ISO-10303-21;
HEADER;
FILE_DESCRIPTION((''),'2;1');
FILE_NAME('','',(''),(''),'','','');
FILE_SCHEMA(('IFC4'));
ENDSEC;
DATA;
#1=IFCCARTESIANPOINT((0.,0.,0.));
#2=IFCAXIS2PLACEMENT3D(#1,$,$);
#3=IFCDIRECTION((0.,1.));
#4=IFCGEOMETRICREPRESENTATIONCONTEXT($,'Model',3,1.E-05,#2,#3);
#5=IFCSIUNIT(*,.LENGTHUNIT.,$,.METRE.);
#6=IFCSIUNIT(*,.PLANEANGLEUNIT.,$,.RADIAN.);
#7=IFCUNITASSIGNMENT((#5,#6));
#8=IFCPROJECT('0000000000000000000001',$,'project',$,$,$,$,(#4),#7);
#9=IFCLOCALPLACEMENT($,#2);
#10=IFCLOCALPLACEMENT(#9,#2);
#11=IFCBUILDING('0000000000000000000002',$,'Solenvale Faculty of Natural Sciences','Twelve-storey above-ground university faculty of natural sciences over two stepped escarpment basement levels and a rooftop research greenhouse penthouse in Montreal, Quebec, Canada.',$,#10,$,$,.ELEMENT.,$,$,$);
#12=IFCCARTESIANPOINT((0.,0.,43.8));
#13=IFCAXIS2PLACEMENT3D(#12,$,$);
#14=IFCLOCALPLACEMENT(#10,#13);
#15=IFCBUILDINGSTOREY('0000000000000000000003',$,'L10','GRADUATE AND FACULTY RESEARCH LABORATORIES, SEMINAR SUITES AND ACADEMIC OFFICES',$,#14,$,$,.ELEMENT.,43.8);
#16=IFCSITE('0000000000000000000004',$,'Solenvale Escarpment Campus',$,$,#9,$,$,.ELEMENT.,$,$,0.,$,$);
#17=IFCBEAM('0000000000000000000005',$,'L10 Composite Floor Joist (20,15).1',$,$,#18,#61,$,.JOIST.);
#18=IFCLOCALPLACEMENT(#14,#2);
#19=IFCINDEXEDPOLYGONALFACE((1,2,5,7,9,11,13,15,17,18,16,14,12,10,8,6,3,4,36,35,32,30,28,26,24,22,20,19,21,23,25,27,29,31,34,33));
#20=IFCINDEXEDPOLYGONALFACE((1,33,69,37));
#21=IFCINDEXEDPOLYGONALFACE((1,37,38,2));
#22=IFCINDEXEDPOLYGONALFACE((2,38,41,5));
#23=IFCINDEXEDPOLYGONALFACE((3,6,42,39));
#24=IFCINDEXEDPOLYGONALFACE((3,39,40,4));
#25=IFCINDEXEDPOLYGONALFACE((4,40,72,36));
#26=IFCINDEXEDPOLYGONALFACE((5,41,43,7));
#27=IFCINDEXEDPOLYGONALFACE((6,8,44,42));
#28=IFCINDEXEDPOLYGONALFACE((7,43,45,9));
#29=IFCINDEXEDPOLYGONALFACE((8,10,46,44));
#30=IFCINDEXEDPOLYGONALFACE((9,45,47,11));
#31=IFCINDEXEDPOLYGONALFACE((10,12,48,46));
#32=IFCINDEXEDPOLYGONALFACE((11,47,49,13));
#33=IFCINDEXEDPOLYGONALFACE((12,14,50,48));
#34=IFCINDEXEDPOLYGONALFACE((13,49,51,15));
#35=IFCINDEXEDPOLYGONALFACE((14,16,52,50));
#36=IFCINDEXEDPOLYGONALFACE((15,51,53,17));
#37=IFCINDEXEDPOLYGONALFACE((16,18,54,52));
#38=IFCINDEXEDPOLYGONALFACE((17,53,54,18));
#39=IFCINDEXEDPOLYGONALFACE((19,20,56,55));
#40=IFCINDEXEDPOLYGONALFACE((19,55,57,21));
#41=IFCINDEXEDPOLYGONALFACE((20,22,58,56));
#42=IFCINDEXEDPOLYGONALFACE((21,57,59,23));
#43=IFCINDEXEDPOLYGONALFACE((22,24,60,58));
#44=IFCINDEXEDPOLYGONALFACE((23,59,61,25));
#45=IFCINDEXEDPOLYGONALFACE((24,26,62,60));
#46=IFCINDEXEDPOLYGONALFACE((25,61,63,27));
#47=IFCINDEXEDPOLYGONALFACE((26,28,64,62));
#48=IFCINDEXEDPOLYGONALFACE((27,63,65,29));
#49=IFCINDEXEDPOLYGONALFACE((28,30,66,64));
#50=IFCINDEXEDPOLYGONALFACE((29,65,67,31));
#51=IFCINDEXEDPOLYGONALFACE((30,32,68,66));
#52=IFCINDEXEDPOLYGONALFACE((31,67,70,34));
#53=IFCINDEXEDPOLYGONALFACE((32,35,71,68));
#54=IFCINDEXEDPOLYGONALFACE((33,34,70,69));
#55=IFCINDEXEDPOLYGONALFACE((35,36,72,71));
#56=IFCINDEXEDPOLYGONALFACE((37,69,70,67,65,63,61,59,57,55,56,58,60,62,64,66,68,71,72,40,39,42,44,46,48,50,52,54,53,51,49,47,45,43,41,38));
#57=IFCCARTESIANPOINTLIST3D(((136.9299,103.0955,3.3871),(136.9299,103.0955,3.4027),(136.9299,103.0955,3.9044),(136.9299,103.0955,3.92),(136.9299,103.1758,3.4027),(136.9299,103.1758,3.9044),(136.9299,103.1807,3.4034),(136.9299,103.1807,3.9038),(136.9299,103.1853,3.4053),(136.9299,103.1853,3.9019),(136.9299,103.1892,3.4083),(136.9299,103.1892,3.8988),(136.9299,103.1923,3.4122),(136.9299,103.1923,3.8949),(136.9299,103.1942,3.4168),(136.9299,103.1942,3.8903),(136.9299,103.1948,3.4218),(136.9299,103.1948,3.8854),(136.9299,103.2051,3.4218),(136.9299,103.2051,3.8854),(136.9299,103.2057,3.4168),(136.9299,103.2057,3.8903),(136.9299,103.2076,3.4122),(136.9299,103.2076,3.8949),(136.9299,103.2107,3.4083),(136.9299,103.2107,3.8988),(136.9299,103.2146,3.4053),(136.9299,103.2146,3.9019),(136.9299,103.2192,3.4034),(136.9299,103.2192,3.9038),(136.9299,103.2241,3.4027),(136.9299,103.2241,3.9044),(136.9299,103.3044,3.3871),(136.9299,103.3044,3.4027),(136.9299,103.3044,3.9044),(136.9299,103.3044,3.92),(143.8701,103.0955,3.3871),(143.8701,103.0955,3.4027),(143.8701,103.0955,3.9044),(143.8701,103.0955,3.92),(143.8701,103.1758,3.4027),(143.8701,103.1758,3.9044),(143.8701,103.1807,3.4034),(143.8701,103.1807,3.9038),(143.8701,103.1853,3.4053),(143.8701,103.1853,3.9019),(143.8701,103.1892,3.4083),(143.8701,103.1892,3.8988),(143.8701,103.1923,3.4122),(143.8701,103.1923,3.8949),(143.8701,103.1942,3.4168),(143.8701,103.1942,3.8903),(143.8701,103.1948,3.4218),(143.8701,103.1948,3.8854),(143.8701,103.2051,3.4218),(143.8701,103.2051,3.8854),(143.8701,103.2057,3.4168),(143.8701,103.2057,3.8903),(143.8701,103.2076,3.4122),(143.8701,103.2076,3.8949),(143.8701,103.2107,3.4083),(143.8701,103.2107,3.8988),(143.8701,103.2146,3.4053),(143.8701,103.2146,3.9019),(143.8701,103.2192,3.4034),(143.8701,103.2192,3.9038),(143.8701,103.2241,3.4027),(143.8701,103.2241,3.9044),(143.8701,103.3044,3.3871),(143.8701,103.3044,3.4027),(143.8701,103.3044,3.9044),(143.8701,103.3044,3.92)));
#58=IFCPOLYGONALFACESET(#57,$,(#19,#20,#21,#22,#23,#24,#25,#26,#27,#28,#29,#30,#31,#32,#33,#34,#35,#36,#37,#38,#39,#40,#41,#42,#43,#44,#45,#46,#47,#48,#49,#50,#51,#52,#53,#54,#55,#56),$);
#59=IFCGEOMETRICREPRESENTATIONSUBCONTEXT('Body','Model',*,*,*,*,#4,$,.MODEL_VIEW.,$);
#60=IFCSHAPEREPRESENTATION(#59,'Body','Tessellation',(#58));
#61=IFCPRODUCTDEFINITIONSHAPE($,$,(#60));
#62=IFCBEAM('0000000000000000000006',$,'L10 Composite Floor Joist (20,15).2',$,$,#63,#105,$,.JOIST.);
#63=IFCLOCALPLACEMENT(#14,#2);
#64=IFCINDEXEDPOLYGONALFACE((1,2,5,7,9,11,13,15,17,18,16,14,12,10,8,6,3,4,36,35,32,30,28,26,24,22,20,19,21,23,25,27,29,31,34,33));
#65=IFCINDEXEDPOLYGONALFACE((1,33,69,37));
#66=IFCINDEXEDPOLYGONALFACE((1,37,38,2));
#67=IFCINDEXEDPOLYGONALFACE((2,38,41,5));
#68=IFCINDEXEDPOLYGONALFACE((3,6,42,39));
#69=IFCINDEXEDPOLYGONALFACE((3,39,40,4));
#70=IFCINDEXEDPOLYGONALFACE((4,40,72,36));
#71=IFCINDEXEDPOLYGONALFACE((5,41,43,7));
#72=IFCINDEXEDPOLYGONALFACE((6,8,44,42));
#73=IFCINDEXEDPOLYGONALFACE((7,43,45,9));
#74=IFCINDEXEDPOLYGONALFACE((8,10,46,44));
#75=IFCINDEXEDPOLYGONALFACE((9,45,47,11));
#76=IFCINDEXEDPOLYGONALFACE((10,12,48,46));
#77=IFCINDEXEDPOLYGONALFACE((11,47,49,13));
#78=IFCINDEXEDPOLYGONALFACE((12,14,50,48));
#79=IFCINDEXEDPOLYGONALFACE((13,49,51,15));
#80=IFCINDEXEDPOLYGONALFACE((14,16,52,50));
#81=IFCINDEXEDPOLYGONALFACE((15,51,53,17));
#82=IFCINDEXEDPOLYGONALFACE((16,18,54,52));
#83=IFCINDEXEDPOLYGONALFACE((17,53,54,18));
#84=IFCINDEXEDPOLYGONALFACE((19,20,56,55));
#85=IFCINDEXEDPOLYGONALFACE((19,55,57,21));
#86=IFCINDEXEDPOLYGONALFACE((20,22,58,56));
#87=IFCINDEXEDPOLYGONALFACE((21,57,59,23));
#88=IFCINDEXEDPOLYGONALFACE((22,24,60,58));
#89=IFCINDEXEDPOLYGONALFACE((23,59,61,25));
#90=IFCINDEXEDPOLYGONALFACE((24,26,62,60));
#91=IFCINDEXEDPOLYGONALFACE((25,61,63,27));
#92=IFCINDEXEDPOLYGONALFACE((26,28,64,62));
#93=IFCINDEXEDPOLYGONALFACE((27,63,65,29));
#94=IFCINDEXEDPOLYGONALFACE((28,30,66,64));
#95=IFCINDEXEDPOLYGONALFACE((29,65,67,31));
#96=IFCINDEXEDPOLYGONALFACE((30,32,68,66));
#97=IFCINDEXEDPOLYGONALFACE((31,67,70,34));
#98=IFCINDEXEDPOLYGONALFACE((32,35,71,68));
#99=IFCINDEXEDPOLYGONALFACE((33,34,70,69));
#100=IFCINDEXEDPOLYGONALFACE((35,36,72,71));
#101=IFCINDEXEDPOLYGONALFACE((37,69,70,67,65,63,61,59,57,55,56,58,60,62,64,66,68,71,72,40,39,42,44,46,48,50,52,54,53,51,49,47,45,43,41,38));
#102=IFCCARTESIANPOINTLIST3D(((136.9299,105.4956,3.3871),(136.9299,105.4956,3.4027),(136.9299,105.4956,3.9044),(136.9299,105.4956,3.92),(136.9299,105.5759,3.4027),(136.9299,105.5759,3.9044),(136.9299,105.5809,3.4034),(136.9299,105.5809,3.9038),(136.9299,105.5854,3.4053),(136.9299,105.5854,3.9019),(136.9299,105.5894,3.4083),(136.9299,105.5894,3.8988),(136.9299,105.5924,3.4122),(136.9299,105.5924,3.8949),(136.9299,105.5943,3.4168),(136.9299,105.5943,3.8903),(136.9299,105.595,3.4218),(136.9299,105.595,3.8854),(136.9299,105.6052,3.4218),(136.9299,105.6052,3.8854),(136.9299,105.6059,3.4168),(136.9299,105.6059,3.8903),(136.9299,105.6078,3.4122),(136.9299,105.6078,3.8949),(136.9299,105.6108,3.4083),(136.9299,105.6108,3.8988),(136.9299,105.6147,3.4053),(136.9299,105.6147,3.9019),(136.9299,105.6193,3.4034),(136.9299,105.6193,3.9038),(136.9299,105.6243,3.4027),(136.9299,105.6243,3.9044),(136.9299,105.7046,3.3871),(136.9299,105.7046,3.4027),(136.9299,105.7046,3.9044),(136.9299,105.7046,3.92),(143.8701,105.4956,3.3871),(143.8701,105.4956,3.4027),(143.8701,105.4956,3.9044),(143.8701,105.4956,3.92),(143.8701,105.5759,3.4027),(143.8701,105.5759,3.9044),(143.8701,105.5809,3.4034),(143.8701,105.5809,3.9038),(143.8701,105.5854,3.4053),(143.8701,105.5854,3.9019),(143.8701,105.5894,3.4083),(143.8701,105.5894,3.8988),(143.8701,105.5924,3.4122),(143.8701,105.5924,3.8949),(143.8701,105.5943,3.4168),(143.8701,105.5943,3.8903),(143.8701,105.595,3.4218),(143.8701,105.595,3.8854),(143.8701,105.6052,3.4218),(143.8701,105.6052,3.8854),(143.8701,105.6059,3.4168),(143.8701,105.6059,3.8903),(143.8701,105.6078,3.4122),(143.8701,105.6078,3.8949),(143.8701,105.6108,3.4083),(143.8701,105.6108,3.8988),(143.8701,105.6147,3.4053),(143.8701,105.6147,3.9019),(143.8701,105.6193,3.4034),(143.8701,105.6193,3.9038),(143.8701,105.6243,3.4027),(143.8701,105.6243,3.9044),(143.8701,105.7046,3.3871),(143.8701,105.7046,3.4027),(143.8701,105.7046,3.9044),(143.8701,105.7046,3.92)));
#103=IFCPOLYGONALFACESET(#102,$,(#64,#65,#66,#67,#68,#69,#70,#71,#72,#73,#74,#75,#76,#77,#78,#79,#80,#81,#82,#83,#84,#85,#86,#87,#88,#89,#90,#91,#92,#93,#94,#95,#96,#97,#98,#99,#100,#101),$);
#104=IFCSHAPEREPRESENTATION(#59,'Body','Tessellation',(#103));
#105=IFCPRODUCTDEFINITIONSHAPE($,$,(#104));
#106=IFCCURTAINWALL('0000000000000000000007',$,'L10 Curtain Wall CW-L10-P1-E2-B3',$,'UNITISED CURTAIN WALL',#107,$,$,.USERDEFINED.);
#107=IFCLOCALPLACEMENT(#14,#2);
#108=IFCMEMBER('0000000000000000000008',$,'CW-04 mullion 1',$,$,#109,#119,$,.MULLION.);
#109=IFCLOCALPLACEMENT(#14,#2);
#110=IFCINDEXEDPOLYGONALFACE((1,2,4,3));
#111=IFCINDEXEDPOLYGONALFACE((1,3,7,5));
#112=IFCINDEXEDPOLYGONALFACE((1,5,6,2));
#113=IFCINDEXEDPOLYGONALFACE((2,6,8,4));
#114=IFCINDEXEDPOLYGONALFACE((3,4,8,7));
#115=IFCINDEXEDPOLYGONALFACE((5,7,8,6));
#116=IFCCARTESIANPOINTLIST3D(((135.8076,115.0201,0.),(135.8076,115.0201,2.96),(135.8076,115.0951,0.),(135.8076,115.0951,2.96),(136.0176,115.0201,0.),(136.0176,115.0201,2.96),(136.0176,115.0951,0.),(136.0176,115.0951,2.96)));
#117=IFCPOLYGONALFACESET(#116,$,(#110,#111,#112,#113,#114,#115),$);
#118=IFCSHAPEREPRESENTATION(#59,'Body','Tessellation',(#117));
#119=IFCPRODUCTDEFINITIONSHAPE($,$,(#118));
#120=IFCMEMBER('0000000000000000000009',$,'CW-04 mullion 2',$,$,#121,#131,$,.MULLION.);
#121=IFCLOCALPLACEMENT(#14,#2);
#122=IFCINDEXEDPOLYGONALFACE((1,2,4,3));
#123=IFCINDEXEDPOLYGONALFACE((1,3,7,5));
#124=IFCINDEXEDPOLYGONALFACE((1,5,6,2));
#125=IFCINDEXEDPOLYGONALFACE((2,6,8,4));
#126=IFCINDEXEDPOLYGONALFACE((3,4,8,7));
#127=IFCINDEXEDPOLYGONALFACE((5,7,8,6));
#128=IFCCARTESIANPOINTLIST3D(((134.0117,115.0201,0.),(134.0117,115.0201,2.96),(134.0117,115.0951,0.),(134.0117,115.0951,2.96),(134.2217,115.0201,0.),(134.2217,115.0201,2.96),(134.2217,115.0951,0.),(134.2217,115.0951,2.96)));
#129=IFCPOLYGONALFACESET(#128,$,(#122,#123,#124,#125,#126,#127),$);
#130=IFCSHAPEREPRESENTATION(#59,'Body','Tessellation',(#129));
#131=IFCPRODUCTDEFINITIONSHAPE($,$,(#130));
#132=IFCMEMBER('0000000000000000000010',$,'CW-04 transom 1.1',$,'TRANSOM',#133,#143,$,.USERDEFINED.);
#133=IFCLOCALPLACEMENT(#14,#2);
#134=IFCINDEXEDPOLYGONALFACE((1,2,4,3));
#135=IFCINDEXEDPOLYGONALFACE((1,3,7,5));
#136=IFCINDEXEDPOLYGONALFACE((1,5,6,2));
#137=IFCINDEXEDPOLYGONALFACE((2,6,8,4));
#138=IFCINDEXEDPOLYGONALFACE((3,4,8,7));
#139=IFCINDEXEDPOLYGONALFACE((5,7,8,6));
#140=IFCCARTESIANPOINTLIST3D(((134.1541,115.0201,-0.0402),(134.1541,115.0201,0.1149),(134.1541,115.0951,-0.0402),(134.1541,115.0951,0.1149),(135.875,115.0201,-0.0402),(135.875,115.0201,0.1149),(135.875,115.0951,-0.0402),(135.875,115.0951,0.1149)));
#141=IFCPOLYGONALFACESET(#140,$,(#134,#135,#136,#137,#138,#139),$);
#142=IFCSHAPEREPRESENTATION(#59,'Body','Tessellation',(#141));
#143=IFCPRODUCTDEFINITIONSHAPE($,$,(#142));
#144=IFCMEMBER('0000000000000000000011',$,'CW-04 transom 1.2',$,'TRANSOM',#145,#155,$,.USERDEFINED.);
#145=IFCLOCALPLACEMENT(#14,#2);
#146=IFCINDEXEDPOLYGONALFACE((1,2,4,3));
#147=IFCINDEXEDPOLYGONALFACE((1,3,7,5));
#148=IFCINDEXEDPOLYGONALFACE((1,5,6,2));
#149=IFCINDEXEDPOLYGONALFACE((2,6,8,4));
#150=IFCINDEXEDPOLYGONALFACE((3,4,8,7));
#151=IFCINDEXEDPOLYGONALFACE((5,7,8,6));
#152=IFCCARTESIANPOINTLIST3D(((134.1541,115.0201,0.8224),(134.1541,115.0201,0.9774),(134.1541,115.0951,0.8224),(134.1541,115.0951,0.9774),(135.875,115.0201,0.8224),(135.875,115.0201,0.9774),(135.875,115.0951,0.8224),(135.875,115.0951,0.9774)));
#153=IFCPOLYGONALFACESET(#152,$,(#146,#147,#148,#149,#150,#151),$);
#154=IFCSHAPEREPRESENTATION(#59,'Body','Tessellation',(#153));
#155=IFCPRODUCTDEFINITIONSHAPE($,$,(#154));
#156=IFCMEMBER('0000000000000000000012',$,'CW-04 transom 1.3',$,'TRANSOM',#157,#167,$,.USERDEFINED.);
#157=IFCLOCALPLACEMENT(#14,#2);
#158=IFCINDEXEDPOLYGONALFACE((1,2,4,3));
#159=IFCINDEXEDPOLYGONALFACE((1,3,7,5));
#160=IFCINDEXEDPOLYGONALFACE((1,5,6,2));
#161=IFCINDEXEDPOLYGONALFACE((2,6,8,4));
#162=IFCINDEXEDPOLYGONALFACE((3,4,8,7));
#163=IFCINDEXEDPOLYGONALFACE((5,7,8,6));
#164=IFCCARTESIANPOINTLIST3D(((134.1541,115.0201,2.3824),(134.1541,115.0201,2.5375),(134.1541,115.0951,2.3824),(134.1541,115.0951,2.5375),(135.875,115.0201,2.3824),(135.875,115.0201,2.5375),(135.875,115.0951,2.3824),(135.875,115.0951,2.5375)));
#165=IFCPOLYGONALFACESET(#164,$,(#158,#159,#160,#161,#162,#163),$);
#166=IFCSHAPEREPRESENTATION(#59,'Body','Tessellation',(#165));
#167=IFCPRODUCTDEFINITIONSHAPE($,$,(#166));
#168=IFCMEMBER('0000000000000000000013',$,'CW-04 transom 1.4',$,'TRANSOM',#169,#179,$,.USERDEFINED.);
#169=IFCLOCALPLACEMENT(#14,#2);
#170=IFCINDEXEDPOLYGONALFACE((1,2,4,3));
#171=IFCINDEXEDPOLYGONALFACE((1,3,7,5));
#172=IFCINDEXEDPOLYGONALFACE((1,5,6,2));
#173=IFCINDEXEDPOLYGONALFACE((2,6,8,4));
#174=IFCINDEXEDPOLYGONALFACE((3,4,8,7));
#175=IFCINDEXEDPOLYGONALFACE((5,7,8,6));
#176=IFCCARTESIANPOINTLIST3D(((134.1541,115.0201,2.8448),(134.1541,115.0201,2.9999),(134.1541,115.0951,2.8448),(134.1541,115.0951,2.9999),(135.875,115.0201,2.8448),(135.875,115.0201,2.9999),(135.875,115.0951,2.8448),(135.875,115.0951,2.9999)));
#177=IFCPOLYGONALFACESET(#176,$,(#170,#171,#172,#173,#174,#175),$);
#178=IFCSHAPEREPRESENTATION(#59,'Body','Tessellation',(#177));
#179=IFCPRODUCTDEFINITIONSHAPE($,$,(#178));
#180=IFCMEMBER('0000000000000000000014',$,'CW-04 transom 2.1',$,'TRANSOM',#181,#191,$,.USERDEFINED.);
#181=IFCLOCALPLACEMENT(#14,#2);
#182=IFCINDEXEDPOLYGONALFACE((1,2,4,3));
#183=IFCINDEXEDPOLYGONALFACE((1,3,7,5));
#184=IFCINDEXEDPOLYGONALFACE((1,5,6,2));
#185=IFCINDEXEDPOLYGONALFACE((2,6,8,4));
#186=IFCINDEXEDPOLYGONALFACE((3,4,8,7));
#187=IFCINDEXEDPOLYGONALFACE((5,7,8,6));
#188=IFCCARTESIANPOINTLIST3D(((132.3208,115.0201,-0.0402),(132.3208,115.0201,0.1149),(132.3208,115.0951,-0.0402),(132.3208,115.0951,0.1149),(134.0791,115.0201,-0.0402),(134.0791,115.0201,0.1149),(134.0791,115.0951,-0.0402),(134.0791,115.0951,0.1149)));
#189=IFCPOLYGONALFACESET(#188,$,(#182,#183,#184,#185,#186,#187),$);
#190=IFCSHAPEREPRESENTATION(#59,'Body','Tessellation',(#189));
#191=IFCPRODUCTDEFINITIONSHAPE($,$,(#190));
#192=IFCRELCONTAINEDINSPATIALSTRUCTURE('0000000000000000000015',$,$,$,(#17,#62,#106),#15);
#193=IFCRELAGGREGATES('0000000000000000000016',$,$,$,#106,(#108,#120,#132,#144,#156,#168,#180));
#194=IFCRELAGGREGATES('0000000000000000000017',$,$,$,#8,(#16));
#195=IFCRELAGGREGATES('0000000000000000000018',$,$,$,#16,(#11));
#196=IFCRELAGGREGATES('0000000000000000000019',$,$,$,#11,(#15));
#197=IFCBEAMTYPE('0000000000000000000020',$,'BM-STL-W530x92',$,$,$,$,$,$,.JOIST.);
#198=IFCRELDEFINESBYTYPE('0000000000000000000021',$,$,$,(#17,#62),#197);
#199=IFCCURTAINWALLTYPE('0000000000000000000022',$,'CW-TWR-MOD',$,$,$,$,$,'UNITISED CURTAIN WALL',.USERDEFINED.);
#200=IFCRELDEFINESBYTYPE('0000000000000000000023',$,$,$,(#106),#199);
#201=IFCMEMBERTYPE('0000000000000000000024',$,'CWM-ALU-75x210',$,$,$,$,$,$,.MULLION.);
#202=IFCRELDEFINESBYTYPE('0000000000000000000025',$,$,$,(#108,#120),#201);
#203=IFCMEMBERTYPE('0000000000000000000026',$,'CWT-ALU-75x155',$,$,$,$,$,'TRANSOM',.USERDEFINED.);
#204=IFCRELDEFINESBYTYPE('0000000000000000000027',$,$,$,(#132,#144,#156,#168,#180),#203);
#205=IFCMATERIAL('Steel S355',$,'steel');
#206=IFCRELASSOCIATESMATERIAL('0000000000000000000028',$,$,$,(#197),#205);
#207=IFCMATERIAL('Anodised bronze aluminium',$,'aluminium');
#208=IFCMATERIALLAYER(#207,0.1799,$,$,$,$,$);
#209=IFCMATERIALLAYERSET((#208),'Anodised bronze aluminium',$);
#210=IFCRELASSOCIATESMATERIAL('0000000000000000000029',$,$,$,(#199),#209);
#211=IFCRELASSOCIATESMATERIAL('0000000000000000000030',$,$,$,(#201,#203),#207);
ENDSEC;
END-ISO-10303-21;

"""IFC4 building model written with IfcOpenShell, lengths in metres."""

from ifc_helpers import new_model, si_unit, direction, frame, origin, origin_2d, place, context, subcontext, project, spatial, rectangle, i_section, extrude, material, layer, layer_set, material_profile, profile_set, type_object, element, aggregate, save


model = new_model("IFC4")

# Units and contexts
model_context = context("Model", 3, precision=1e-05, world=origin(), true_north=direction((0.0, 1.0)))
body_context = subcontext(model_context, "Body", "Model", "MODEL_VIEW")
ifc_project = project(units=[si_unit("LENGTHUNIT", "METRE"), si_unit("PLANEANGLEUNIT", "RADIAN")], contexts=[model_context])

# Site, building, storey
site_placement = place(None, origin())
site = spatial("IfcSite", under=ifc_project, at=site_placement, Name="Solenvale Escarpment Campus", CompositionType="ELEMENT", RefElevation=0.0)
building_placement = place(site_placement, origin())
building = spatial("IfcBuilding", under=site, at=building_placement, Name="Solenvale Faculty of Natural Sciences", Description="Twelve-storey above-ground university faculty of natural sciences over two stepped escarpment basement levels and a rooftop research greenhouse penthouse in Montreal, Quebec, Canada.", CompositionType="ELEMENT")
storey_placement = place(building_placement, frame((0.0, 0.0, 43.8)))
storey = spatial("IfcBuildingStorey", under=building, at=storey_placement, Name="L10", Description="GRADUATE AND FACULTY RESEARCH LABORATORIES, SEMINAR SUITES AND ACADEMIC OFFICES", CompositionType="ELEMENT", Elevation=43.8)

# Beams
ifc_material_1 = material(Name="Steel S355", Category="steel")
ifc_material_profile_1 = material_profile(ifc_material_1, i_section(OverallWidth=0.209, OverallDepth=0.533, WebThickness=0.0103, FlangeThickness=0.0156, FilletRadius=0.019, at=origin_2d()), Name="W530x92")
ifc_profile_set_1 = profile_set([ifc_material_profile_1], Name="Steel S355")
beam_type_1 = type_object("IfcBeamType", Name="BM-STL-W530x92", PredefinedType="JOIST", material=ifc_profile_set_1)
for number, where, z_axis, x_axis, name in (
    (1, (136.9299, 103.2, 3.6536), (1.0, 0.0, 0.0), (0.0, 1.0, 0.0), "L10 Composite Floor Joist (20,15).1"),
    (2, (136.9299, 105.6001, 3.6536), (1.0, 0.0, 0.0), (0.0, 1.0, 0.0), "L10 Composite Floor Joist (20,15).2"),
):
    element("IfcBeam", number, at=place(storey_placement, frame(where, z_axis=z_axis, x_axis=x_axis)), inside=storey, type_object=beam_type_1, Name=name, PredefinedType="JOIST", context=body_context, shape_type="SweptSolid", body=[
        extrude(i_section(OverallWidth=0.209, OverallDepth=0.533, WebThickness=0.0103, FlangeThickness=0.0156, FilletRadius=0.019, at=origin_2d()), origin(), (0.0, 0.0, 1.0), 6.9402),
    ])

# Curtain wall, members
ifc_material_2 = material(Name="Anodised bronze aluminium", Category="aluminium")
ifc_layer_1 = layer(ifc_material_2, 0.1799)
ifc_layer_set_1 = layer_set([ifc_layer_1], Name="Anodised bronze aluminium")
curtain_wall_type = type_object("IfcCurtainWallType", Name="CW-TWR-MOD", ElementType="UNITISED CURTAIN WALL", PredefinedType="USERDEFINED", material=ifc_layer_set_1)
curtain_wall_placement = place(storey_placement, origin())
curtain_wall = element("IfcCurtainWall", 3, at=curtain_wall_placement, inside=storey, type_object=curtain_wall_type, Name="L10 Curtain Wall CW-L10-P1-E2-B3", ObjectType="UNITISED CURTAIN WALL", PredefinedType="USERDEFINED")
ifc_material_profile_2 = material_profile(ifc_material_2, rectangle(XDim=0.075, YDim=0.21, at=origin_2d()), Name="ALU-MUL-75x210")
ifc_profile_set_2 = profile_set([ifc_material_profile_2], Name="Anodised bronze aluminium")
member_type_1 = type_object("IfcMemberType", Name="CWM-ALU-75x210", PredefinedType="MULLION", material=ifc_profile_set_2)
member_1_placement = place(storey_placement, frame((135.9126, 115.0576, 0.0), z_axis=(0.0, 0.0, 1.0), x_axis=(0.0, -1.0, 0.0)))
member_1 = element("IfcMember", 4, at=member_1_placement, type_object=member_type_1, Name="CW-04 mullion 1", PredefinedType="MULLION", context=body_context, shape_type="SweptSolid", body=[
    extrude(rectangle(XDim=0.075, YDim=0.21, at=origin_2d()), origin(), (0.0, 0.0, 1.0), 2.96),
])
member_2_placement = place(storey_placement, frame((134.1167, 115.0576, 0.0), z_axis=(0.0, 0.0, 1.0), x_axis=(0.0, -1.0, 0.0)))
member_2 = element("IfcMember", 5, at=member_2_placement, type_object=member_type_1, Name="CW-04 mullion 2", PredefinedType="MULLION", context=body_context, shape_type="SweptSolid", body=[
    extrude(rectangle(XDim=0.075, YDim=0.21, at=origin_2d()), origin(), (0.0, 0.0, 1.0), 2.96),
])
ifc_material_profile_3 = material_profile(ifc_material_2, rectangle(XDim=0.075, YDim=0.155, at=origin_2d()), Name="ALU-TRN-75x155")
ifc_profile_set_3 = profile_set([ifc_material_profile_3], Name="Anodised bronze aluminium")
member_type_2 = type_object("IfcMemberType", Name="CWT-ALU-75x155", ElementType="TRANSOM", PredefinedType="USERDEFINED", material=ifc_profile_set_3)
member_3_placement = place(storey_placement, frame((135.875, 115.0576, 0.0374), z_axis=(-1.0, 0.0, 0.0), x_axis=(0.0, -1.0, 0.0)))
member_3 = element("IfcMember", 6, at=member_3_placement, type_object=member_type_2, Name="CW-04 transom 1.1", ObjectType="TRANSOM", PredefinedType="USERDEFINED", context=body_context, shape_type="SweptSolid", body=[
    extrude(rectangle(XDim=0.075, YDim=0.155, at=origin_2d()), origin(), (0.0, 0.0, 1.0), 1.7209),
])
member_4_placement = place(storey_placement, frame((135.875, 115.0576, 0.8999), z_axis=(-1.0, 0.0, 0.0), x_axis=(0.0, -1.0, 0.0)))
member_4 = element("IfcMember", 7, at=member_4_placement, type_object=member_type_2, Name="CW-04 transom 1.2", ObjectType="TRANSOM", PredefinedType="USERDEFINED", context=body_context, shape_type="SweptSolid", body=[
    extrude(rectangle(XDim=0.075, YDim=0.155, at=origin_2d()), origin(), (0.0, 0.0, 1.0), 1.7209),
])
member_5_placement = place(storey_placement, frame((135.875, 115.0576, 2.46), z_axis=(-1.0, 0.0, 0.0), x_axis=(0.0, -1.0, 0.0)))
member_5 = element("IfcMember", 8, at=member_5_placement, type_object=member_type_2, Name="CW-04 transom 1.3", ObjectType="TRANSOM", PredefinedType="USERDEFINED", context=body_context, shape_type="SweptSolid", body=[
    extrude(rectangle(XDim=0.075, YDim=0.155, at=origin_2d()), origin(), (0.0, 0.0, 1.0), 1.7209),
])
member_6_placement = place(storey_placement, frame((135.875, 115.0576, 2.9224), z_axis=(-1.0, 0.0, 0.0), x_axis=(0.0, -1.0, 0.0)))
member_6 = element("IfcMember", 9, at=member_6_placement, type_object=member_type_2, Name="CW-04 transom 1.4", ObjectType="TRANSOM", PredefinedType="USERDEFINED", context=body_context, shape_type="SweptSolid", body=[
    extrude(rectangle(XDim=0.075, YDim=0.155, at=origin_2d()), origin(), (0.0, 0.0, 1.0), 1.7209),
])
member_7_placement = place(storey_placement, frame((134.0791, 115.0576, 0.0374), z_axis=(-1.0, 0.0, 0.0), x_axis=(0.0, -1.0, 0.0)))
member_7 = element("IfcMember", 10, at=member_7_placement, type_object=member_type_2, Name="CW-04 transom 2.1", ObjectType="TRANSOM", PredefinedType="USERDEFINED", context=body_context, shape_type="SweptSolid", body=[
    extrude(rectangle(XDim=0.075, YDim=0.155, at=origin_2d()), origin(), (0.0, 0.0, 1.0), 1.7583),
])
aggregate(curtain_wall, [member_1, member_2, member_3, member_4, member_5, member_6, member_7])

save(model, "model.ifc")
